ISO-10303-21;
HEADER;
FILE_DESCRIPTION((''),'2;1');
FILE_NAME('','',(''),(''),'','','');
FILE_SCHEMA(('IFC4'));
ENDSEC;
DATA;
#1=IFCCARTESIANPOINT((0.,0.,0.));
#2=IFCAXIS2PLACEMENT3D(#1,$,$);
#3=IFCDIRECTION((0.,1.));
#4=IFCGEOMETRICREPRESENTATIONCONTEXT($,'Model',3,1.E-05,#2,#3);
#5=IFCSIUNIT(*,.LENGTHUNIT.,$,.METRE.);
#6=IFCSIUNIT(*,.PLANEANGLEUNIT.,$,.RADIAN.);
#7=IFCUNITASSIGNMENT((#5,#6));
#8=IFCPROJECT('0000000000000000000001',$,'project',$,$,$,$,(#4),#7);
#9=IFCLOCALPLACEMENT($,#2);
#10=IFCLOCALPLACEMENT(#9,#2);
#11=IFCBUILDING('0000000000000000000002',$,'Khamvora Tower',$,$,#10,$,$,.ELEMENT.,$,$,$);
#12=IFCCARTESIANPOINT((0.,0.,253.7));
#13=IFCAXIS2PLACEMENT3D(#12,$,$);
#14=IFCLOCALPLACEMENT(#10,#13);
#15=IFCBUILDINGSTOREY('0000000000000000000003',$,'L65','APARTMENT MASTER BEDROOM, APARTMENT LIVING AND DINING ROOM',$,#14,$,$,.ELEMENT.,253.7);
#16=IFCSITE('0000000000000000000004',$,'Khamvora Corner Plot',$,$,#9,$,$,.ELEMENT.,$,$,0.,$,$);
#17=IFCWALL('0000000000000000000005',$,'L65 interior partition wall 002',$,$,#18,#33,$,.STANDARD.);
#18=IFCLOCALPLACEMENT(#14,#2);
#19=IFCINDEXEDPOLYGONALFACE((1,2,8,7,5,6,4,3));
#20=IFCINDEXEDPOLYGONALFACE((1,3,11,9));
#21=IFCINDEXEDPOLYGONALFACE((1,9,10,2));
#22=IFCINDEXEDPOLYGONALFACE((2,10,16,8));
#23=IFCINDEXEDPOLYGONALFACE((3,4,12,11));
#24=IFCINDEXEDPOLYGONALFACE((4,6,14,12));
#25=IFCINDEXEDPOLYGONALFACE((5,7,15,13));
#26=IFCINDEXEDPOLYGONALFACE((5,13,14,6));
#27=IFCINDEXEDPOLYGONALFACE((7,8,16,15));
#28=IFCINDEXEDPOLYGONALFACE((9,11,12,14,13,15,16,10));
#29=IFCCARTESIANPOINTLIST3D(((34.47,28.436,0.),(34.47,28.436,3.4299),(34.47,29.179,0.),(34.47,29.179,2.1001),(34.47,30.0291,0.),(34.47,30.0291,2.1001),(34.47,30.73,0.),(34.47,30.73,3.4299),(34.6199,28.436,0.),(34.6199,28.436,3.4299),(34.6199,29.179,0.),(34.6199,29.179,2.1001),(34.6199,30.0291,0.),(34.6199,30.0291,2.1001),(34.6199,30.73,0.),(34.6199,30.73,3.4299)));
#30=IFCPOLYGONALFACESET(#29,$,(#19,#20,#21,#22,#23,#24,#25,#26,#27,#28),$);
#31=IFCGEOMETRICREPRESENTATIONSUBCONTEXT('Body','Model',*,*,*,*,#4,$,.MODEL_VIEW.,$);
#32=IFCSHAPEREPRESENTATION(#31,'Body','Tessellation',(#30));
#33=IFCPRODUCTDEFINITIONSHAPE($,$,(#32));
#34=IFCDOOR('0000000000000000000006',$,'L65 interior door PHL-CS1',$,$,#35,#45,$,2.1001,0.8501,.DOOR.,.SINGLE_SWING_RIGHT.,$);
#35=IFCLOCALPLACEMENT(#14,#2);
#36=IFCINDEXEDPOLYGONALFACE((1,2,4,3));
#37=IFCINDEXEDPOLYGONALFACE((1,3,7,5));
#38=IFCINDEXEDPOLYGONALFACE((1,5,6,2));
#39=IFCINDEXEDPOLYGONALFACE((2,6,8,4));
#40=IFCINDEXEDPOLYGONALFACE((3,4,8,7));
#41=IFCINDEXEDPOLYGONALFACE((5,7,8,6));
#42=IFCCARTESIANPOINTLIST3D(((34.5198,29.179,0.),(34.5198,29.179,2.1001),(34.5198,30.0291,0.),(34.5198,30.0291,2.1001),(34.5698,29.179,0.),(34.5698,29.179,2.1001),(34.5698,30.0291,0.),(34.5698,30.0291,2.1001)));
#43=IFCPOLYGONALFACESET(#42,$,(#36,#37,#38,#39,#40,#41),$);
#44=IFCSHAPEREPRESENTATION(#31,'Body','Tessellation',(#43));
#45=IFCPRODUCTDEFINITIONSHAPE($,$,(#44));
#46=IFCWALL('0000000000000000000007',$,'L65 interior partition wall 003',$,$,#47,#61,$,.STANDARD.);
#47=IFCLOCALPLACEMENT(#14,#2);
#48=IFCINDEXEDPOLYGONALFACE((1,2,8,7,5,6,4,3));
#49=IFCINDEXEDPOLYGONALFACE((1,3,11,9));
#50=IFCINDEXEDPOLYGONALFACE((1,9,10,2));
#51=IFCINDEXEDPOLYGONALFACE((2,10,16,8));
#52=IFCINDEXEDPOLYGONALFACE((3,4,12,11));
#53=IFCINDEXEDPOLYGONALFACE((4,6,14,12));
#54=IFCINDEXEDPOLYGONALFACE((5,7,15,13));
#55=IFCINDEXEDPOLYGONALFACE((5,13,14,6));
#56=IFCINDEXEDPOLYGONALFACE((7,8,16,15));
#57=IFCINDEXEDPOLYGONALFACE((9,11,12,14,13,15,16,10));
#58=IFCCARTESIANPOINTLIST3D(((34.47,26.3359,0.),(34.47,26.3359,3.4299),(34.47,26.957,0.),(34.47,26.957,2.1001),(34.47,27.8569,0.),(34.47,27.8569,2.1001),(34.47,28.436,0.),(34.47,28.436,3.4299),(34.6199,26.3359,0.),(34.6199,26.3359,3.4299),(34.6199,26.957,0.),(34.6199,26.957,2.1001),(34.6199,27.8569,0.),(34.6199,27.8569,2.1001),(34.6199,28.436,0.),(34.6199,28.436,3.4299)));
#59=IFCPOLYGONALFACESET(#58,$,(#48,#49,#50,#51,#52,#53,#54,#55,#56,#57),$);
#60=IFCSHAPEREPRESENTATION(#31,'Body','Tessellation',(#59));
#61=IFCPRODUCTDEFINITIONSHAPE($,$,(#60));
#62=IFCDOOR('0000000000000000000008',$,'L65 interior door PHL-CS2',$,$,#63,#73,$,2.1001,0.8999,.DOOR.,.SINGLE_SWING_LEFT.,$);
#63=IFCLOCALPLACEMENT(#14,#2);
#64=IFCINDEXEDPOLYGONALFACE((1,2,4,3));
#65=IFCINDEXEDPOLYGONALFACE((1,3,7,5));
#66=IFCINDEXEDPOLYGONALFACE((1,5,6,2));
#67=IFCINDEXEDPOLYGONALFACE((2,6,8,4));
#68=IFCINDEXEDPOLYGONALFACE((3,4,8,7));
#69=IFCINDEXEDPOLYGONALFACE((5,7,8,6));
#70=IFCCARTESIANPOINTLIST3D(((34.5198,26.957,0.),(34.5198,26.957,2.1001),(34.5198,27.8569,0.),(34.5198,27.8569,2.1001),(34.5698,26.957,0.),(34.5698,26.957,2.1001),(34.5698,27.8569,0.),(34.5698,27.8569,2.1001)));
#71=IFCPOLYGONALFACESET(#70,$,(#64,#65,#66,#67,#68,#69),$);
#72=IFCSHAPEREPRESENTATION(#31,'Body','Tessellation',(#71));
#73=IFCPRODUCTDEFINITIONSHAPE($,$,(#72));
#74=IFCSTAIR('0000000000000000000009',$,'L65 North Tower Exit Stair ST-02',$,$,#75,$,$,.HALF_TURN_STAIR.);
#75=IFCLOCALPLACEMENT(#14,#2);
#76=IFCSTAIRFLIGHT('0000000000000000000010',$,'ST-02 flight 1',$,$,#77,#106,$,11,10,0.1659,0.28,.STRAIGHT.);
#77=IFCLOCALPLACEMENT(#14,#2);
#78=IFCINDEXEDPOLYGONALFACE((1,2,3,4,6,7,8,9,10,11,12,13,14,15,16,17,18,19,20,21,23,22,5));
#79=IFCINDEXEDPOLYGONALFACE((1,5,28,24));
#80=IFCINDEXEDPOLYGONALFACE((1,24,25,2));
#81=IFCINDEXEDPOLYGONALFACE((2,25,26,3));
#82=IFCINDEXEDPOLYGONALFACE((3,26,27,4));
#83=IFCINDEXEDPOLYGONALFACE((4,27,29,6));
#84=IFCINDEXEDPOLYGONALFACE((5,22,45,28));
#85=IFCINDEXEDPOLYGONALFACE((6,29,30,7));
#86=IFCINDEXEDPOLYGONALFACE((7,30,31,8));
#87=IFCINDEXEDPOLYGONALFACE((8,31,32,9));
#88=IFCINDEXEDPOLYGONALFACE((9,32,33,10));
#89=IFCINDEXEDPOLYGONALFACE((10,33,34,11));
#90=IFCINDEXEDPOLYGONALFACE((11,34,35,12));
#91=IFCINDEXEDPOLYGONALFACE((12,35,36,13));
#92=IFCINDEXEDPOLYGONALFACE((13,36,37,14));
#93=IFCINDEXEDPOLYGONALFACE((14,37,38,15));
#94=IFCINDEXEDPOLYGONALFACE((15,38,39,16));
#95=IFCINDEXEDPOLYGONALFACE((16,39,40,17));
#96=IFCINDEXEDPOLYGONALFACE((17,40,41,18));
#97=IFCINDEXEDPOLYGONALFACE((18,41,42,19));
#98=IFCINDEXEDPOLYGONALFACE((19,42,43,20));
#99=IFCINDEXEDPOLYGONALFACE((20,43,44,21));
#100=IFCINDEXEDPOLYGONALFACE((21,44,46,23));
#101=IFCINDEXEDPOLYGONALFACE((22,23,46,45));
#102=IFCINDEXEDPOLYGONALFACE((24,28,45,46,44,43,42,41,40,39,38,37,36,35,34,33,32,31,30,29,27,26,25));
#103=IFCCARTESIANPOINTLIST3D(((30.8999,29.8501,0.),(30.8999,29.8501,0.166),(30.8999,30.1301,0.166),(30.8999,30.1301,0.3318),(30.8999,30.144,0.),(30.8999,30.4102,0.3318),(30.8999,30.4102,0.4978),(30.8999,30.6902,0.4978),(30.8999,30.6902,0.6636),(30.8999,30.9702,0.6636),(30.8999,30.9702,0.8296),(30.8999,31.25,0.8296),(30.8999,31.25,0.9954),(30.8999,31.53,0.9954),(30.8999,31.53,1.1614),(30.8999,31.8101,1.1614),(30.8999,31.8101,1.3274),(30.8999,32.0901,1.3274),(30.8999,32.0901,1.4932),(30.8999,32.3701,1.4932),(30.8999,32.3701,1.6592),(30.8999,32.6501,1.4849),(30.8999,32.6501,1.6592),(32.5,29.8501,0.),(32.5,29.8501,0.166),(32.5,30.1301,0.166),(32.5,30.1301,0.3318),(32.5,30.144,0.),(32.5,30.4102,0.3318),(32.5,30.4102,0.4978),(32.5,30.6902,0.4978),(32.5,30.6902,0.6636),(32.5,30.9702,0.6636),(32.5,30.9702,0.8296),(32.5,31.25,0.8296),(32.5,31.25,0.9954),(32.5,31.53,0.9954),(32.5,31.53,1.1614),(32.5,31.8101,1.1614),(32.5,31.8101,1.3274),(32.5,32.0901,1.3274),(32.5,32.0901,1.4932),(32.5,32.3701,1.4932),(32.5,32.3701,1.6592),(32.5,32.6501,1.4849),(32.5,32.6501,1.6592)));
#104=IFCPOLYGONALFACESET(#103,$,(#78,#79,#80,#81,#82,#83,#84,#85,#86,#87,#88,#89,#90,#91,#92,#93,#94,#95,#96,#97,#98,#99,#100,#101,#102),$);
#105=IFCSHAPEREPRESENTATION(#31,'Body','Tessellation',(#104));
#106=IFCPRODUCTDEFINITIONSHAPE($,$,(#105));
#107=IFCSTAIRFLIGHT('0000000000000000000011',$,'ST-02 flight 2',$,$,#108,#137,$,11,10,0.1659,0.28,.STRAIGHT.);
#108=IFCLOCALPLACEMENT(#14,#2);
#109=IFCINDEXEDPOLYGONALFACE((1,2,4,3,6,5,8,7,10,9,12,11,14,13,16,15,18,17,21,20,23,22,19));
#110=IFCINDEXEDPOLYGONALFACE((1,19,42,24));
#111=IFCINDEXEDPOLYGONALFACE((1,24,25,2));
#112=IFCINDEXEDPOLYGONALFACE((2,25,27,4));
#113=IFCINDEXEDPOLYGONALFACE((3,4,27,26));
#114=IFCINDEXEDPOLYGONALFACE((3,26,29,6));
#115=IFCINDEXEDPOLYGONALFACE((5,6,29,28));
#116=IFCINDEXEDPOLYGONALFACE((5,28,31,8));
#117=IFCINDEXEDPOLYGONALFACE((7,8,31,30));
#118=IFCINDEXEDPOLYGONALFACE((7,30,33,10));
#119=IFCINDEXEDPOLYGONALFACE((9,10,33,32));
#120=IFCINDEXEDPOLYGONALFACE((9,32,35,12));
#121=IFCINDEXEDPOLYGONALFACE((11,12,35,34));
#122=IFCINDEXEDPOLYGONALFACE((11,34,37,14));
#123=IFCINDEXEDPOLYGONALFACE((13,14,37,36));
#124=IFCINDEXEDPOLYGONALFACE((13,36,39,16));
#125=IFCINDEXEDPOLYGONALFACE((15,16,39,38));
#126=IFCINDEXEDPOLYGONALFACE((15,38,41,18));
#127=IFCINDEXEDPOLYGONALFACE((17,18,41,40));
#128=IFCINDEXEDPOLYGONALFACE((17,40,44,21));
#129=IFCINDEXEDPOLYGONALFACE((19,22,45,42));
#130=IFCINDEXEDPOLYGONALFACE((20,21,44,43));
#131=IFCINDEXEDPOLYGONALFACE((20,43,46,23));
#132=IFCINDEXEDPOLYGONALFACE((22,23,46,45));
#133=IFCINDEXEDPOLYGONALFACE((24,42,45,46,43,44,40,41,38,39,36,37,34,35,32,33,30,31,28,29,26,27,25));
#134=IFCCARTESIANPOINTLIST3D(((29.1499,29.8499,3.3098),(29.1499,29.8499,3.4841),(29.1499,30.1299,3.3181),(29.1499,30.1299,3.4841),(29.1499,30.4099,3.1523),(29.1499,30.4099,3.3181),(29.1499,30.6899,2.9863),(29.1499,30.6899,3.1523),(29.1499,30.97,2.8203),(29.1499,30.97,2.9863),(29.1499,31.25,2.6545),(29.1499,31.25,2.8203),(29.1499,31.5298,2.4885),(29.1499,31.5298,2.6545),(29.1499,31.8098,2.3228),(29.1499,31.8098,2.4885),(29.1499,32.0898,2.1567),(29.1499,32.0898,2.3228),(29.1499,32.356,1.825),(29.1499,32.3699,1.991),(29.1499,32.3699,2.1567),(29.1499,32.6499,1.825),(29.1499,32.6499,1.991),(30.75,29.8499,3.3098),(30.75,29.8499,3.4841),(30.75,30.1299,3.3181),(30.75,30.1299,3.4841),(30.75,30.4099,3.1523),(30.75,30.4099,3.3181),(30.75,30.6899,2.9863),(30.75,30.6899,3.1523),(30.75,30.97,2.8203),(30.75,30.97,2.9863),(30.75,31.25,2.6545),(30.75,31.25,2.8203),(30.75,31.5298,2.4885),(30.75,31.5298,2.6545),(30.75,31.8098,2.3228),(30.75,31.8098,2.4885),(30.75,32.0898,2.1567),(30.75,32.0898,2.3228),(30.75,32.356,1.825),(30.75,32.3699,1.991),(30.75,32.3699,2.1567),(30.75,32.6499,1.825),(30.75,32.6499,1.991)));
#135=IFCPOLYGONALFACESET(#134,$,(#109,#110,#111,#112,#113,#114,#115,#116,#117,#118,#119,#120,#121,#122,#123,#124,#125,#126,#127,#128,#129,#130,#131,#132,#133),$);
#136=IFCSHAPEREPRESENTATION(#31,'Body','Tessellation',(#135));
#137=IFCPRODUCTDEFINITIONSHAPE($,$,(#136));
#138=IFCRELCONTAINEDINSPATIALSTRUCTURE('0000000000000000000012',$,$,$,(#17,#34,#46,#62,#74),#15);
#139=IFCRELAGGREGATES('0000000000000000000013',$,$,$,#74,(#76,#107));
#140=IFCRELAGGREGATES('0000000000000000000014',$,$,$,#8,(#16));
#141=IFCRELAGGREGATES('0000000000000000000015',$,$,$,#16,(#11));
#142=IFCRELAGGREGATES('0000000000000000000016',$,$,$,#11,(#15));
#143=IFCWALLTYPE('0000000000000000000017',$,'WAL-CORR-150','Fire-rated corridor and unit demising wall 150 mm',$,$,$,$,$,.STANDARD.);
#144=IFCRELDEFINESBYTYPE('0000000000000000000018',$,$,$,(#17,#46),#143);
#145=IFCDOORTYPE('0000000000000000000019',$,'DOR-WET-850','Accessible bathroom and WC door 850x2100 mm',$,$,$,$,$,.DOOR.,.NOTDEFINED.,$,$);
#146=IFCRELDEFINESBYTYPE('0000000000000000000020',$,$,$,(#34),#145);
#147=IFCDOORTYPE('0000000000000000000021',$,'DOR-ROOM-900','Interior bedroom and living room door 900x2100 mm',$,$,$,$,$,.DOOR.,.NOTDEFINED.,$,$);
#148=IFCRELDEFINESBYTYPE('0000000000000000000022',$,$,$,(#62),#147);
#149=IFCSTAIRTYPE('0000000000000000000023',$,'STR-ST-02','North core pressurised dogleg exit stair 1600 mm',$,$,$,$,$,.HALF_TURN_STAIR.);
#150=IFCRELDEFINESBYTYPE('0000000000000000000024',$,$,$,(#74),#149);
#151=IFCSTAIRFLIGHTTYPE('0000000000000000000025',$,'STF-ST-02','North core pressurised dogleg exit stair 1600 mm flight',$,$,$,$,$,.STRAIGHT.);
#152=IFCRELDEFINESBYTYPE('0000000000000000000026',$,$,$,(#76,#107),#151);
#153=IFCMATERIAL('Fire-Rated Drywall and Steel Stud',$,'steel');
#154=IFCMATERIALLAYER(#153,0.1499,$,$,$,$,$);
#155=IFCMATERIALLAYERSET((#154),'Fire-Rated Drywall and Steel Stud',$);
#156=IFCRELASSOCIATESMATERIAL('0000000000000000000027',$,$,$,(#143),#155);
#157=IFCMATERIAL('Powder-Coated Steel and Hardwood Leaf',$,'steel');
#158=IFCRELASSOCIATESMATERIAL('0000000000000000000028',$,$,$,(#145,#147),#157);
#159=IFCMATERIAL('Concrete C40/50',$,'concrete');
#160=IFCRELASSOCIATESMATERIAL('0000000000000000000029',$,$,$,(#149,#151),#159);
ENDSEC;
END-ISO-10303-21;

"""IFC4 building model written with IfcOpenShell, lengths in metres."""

from ifc_helpers import new_model, si_unit, direction, frame, frame_2d, origin, place, context, subcontext, project, spatial, polyline, rectangle, outline, extrude, material, layer, layer_set, type_object, element, fill, aggregate, save


model = new_model("IFC4")

# Units and contexts
model_context = context("Model", 3, precision=1e-05, world=origin(), true_north=direction((0.0, 1.0)))
body_context = subcontext(model_context, "Body", "Model", "MODEL_VIEW")
ifc_project = project(units=[si_unit("LENGTHUNIT", "METRE"), si_unit("PLANEANGLEUNIT", "RADIAN")], contexts=[model_context])

# Site, building, storey
site_placement = place(None, origin())
site = spatial("IfcSite", under=ifc_project, at=site_placement, Name="Khamvora Corner Plot", CompositionType="ELEMENT", RefElevation=0.0)
building_placement = place(site_placement, origin())
building = spatial("IfcBuilding", under=site, at=building_placement, Name="Khamvora Tower", CompositionType="ELEMENT")
storey_placement = place(building_placement, frame((0.0, 0.0, 253.7)))
storey = spatial("IfcBuildingStorey", under=building, at=storey_placement, Name="L65", Description="APARTMENT MASTER BEDROOM, APARTMENT LIVING AND DINING ROOM", CompositionType="ELEMENT", Elevation=253.7)

# Shared definitions
ifc_material_1 = material(Name="Powder-Coated Steel and Hardwood Leaf", Category="steel")

# Shared definitions
ifc_material_2 = material(Name="Fire-Rated Drywall and Steel Stud", Category="steel")
ifc_layer_1 = layer(ifc_material_2, 0.1499)
ifc_layer_set_1 = layer_set([ifc_layer_1], Name="Fire-Rated Drywall and Steel Stud")
wall_type_1 = type_object("IfcWallType", Name="WAL-CORR-150", Description="Fire-rated corridor and unit demising wall 150 mm", PredefinedType="STANDARD", material=ifc_layer_set_1)

# Walls, openings, doors
wall_1_placement = place(storey_placement, frame((34.5449, 30.73, 0.0), z_axis=(0.0, 0.0, 1.0), x_axis=(0.0, -1.0, 0.0)))
wall_1 = element("IfcWall", 1, at=wall_1_placement, inside=storey, type_object=wall_type_1, Name="L65 interior partition wall 002", PredefinedType="STANDARD", context=body_context, shape_type="SweptSolid", body=[
    extrude(rectangle(XDim=2.2939, YDim=0.1499, at=frame_2d((1.147, 0.0))), origin(), (0.0, 0.0, 1.0), 3.4299),
])
opening_1_placement = place(wall_1_placement, frame((0.7009, 0.0, 0.0)))
opening_1 = element("IfcOpeningElement", 2, at=opening_1_placement, cuts=wall_1, PredefinedType="OPENING", context=body_context, shape_type="SweptSolid", body=[
    extrude(rectangle(XDim=0.8501, YDim=2.1001, at=frame_2d((0.425, 1.05))), frame((0.0, 0.085, 0.0), z_axis=(0.0, -1.0, 0.0), x_axis=(1.0, 0.0, 0.0)), (0.0, 0.0, 1.0), 0.1699),
])
door_type_1 = type_object("IfcDoorType", Name="DOR-WET-850", Description="Accessible bathroom and WC door 850x2100 mm", OperationType="NOTDEFINED", PredefinedType="DOOR", material=ifc_material_1)
door_1_placement = place(opening_1_placement, origin())
door_1 = element("IfcDoor", 3, at=door_1_placement, inside=storey, type_object=door_type_1, Name="L65 interior door PHL-CS1", OperationType="SINGLE_SWING_RIGHT", OverallHeight=2.1001, OverallWidth=0.8501, PredefinedType="DOOR", context=body_context, shape_type="SweptSolid", body=[
    extrude(rectangle(XDim=0.8501, YDim=2.1001, at=frame_2d((0.425, 1.05))), frame((0.0, 0.0249, 0.0), z_axis=(0.0, -1.0, 0.0), x_axis=(1.0, 0.0, 0.0)), (0.0, 0.0, 1.0), 0.05),
])
fill(opening_1, door_1)
wall_2_placement = place(storey_placement, frame((34.5449, 28.436, 0.0), z_axis=(0.0, 0.0, 1.0), x_axis=(0.0, -1.0, 0.0)))
wall_2 = element("IfcWall", 4, at=wall_2_placement, inside=storey, type_object=wall_type_1, Name="L65 interior partition wall 003", PredefinedType="STANDARD", context=body_context, shape_type="SweptSolid", body=[
    extrude(rectangle(XDim=2.1001, YDim=0.1499, at=frame_2d((1.05, 0.0))), origin(), (0.0, 0.0, 1.0), 3.4299),
])
opening_2_placement = place(wall_2_placement, frame((0.5791, 0.0, 0.0)))
opening_2 = element("IfcOpeningElement", 5, at=opening_2_placement, cuts=wall_2, PredefinedType="OPENING", context=body_context, shape_type="SweptSolid", body=[
    extrude(rectangle(XDim=0.8999, YDim=2.1001, at=frame_2d((0.45, 1.05))), frame((0.0, 0.085, 0.0), z_axis=(0.0, -1.0, 0.0), x_axis=(1.0, 0.0, 0.0)), (0.0, 0.0, 1.0), 0.1699),
])
door_type_2 = type_object("IfcDoorType", Name="DOR-ROOM-900", Description="Interior bedroom and living room door 900x2100 mm", OperationType="NOTDEFINED", PredefinedType="DOOR", material=ifc_material_1)
door_2_placement = place(opening_2_placement, origin())
door_2 = element("IfcDoor", 6, at=door_2_placement, inside=storey, type_object=door_type_2, Name="L65 interior door PHL-CS2", OperationType="SINGLE_SWING_LEFT", OverallHeight=2.1001, OverallWidth=0.8999, PredefinedType="DOOR", context=body_context, shape_type="SweptSolid", body=[
    extrude(rectangle(XDim=0.8999, YDim=2.1001, at=frame_2d((0.45, 1.05))), frame((0.0, 0.0249, 0.0), z_axis=(0.0, -1.0, 0.0), x_axis=(1.0, 0.0, 0.0)), (0.0, 0.0, 1.0), 0.05),
])
fill(opening_2, door_2)

# Stair, stair flights
ifc_material_3 = material(Name="Concrete C40/50", Category="concrete")
stair_type = type_object("IfcStairType", Name="STR-ST-02", Description="North core pressurised dogleg exit stair 1600 mm", PredefinedType="HALF_TURN_STAIR", material=ifc_material_3)
stair_placement = place(storey_placement, origin())
stair = element("IfcStair", 7, at=stair_placement, inside=storey, type_object=stair_type, Name="L65 North Tower Exit Stair ST-02", PredefinedType="HALF_TURN_STAIR")
stair_flight_type = type_object("IfcStairFlightType", Name="STF-ST-02", Description="North core pressurised dogleg exit stair 1600 mm flight", PredefinedType="STRAIGHT", material=ifc_material_3)
stair_flight_1_placement = place(storey_placement, frame((31.7, 29.8501, 0.0), z_axis=(0.0, 0.0, 1.0), x_axis=(0.0, 1.0, 0.0)))
stair_flight_1 = element("IfcStairFlight", 8, at=stair_flight_1_placement, type_object=stair_flight_type, Name="ST-02 flight 1", NumberOfRisers=11, NumberOfTreads=10, PredefinedType="STRAIGHT", RiserHeight=0.1659, TreadLength=0.28, context=body_context, shape_type="SweptSolid", body=[
    extrude(outline(polyline([(0.0, 0.0), (0.0, 0.166), (0.28, 0.166), (0.28, 0.3318), (0.5601, 0.3318), (0.5601, 0.4978), (0.8401, 0.4978), (0.8401, 0.6636), (1.1201, 0.6636), (1.1201, 0.8296), (1.3999, 0.8296), (1.3999, 0.9954), (1.6799, 0.9954), (1.6799, 1.1614), (1.96, 1.1614), (1.96, 1.3274), (2.24, 1.3274), (2.24, 1.4932), (2.52, 1.4932), (2.52, 1.6592), (2.8, 1.6592), (2.8, 1.825), (2.8, 1.4849), (0.2939, 0.0), (0.0, 0.0)])), frame((0.0, 0.8, 0.0), z_axis=(0.0, -1.0, 0.0), x_axis=(1.0, 0.0, 0.0)), (0.0, 0.0, 1.0), 1.6001),
])
stair_flight_2_placement = place(storey_placement, frame((29.95, 32.6499, 1.825), z_axis=(0.0, 0.0, 1.0), x_axis=(0.0, -1.0, 0.0)))
stair_flight_2 = element("IfcStairFlight", 9, at=stair_flight_2_placement, type_object=stair_flight_type, Name="ST-02 flight 2", NumberOfRisers=11, NumberOfTreads=10, PredefinedType="STRAIGHT", RiserHeight=0.1659, TreadLength=0.28, context=body_context, shape_type="SweptSolid", body=[
    extrude(outline(polyline([(0.0, 0.0), (0.0, 0.166), (0.28, 0.166), (0.28, 0.3318), (0.5601, 0.3318), (0.5601, 0.4978), (0.8401, 0.4978), (0.8401, 0.6636), (1.1201, 0.6636), (1.1201, 0.8296), (1.3999, 0.8296), (1.3999, 0.9954), (1.6799, 0.9954), (1.6799, 1.1614), (1.96, 1.1614), (1.96, 1.3274), (2.24, 1.3274), (2.24, 1.4932), (2.52, 1.4932), (2.52, 1.6592), (2.8, 1.6592), (2.8, 1.825), (2.8, 1.4849), (0.2939, 0.0), (0.0, 0.0)])), frame((0.0, 0.8, 0.0), z_axis=(0.0, -1.0, 0.0), x_axis=(1.0, 0.0, 0.0)), (0.0, 0.0, 1.0), 1.6001),
])
aggregate(stair, [stair_flight_1, stair_flight_2])

save(model, "model.ifc")
